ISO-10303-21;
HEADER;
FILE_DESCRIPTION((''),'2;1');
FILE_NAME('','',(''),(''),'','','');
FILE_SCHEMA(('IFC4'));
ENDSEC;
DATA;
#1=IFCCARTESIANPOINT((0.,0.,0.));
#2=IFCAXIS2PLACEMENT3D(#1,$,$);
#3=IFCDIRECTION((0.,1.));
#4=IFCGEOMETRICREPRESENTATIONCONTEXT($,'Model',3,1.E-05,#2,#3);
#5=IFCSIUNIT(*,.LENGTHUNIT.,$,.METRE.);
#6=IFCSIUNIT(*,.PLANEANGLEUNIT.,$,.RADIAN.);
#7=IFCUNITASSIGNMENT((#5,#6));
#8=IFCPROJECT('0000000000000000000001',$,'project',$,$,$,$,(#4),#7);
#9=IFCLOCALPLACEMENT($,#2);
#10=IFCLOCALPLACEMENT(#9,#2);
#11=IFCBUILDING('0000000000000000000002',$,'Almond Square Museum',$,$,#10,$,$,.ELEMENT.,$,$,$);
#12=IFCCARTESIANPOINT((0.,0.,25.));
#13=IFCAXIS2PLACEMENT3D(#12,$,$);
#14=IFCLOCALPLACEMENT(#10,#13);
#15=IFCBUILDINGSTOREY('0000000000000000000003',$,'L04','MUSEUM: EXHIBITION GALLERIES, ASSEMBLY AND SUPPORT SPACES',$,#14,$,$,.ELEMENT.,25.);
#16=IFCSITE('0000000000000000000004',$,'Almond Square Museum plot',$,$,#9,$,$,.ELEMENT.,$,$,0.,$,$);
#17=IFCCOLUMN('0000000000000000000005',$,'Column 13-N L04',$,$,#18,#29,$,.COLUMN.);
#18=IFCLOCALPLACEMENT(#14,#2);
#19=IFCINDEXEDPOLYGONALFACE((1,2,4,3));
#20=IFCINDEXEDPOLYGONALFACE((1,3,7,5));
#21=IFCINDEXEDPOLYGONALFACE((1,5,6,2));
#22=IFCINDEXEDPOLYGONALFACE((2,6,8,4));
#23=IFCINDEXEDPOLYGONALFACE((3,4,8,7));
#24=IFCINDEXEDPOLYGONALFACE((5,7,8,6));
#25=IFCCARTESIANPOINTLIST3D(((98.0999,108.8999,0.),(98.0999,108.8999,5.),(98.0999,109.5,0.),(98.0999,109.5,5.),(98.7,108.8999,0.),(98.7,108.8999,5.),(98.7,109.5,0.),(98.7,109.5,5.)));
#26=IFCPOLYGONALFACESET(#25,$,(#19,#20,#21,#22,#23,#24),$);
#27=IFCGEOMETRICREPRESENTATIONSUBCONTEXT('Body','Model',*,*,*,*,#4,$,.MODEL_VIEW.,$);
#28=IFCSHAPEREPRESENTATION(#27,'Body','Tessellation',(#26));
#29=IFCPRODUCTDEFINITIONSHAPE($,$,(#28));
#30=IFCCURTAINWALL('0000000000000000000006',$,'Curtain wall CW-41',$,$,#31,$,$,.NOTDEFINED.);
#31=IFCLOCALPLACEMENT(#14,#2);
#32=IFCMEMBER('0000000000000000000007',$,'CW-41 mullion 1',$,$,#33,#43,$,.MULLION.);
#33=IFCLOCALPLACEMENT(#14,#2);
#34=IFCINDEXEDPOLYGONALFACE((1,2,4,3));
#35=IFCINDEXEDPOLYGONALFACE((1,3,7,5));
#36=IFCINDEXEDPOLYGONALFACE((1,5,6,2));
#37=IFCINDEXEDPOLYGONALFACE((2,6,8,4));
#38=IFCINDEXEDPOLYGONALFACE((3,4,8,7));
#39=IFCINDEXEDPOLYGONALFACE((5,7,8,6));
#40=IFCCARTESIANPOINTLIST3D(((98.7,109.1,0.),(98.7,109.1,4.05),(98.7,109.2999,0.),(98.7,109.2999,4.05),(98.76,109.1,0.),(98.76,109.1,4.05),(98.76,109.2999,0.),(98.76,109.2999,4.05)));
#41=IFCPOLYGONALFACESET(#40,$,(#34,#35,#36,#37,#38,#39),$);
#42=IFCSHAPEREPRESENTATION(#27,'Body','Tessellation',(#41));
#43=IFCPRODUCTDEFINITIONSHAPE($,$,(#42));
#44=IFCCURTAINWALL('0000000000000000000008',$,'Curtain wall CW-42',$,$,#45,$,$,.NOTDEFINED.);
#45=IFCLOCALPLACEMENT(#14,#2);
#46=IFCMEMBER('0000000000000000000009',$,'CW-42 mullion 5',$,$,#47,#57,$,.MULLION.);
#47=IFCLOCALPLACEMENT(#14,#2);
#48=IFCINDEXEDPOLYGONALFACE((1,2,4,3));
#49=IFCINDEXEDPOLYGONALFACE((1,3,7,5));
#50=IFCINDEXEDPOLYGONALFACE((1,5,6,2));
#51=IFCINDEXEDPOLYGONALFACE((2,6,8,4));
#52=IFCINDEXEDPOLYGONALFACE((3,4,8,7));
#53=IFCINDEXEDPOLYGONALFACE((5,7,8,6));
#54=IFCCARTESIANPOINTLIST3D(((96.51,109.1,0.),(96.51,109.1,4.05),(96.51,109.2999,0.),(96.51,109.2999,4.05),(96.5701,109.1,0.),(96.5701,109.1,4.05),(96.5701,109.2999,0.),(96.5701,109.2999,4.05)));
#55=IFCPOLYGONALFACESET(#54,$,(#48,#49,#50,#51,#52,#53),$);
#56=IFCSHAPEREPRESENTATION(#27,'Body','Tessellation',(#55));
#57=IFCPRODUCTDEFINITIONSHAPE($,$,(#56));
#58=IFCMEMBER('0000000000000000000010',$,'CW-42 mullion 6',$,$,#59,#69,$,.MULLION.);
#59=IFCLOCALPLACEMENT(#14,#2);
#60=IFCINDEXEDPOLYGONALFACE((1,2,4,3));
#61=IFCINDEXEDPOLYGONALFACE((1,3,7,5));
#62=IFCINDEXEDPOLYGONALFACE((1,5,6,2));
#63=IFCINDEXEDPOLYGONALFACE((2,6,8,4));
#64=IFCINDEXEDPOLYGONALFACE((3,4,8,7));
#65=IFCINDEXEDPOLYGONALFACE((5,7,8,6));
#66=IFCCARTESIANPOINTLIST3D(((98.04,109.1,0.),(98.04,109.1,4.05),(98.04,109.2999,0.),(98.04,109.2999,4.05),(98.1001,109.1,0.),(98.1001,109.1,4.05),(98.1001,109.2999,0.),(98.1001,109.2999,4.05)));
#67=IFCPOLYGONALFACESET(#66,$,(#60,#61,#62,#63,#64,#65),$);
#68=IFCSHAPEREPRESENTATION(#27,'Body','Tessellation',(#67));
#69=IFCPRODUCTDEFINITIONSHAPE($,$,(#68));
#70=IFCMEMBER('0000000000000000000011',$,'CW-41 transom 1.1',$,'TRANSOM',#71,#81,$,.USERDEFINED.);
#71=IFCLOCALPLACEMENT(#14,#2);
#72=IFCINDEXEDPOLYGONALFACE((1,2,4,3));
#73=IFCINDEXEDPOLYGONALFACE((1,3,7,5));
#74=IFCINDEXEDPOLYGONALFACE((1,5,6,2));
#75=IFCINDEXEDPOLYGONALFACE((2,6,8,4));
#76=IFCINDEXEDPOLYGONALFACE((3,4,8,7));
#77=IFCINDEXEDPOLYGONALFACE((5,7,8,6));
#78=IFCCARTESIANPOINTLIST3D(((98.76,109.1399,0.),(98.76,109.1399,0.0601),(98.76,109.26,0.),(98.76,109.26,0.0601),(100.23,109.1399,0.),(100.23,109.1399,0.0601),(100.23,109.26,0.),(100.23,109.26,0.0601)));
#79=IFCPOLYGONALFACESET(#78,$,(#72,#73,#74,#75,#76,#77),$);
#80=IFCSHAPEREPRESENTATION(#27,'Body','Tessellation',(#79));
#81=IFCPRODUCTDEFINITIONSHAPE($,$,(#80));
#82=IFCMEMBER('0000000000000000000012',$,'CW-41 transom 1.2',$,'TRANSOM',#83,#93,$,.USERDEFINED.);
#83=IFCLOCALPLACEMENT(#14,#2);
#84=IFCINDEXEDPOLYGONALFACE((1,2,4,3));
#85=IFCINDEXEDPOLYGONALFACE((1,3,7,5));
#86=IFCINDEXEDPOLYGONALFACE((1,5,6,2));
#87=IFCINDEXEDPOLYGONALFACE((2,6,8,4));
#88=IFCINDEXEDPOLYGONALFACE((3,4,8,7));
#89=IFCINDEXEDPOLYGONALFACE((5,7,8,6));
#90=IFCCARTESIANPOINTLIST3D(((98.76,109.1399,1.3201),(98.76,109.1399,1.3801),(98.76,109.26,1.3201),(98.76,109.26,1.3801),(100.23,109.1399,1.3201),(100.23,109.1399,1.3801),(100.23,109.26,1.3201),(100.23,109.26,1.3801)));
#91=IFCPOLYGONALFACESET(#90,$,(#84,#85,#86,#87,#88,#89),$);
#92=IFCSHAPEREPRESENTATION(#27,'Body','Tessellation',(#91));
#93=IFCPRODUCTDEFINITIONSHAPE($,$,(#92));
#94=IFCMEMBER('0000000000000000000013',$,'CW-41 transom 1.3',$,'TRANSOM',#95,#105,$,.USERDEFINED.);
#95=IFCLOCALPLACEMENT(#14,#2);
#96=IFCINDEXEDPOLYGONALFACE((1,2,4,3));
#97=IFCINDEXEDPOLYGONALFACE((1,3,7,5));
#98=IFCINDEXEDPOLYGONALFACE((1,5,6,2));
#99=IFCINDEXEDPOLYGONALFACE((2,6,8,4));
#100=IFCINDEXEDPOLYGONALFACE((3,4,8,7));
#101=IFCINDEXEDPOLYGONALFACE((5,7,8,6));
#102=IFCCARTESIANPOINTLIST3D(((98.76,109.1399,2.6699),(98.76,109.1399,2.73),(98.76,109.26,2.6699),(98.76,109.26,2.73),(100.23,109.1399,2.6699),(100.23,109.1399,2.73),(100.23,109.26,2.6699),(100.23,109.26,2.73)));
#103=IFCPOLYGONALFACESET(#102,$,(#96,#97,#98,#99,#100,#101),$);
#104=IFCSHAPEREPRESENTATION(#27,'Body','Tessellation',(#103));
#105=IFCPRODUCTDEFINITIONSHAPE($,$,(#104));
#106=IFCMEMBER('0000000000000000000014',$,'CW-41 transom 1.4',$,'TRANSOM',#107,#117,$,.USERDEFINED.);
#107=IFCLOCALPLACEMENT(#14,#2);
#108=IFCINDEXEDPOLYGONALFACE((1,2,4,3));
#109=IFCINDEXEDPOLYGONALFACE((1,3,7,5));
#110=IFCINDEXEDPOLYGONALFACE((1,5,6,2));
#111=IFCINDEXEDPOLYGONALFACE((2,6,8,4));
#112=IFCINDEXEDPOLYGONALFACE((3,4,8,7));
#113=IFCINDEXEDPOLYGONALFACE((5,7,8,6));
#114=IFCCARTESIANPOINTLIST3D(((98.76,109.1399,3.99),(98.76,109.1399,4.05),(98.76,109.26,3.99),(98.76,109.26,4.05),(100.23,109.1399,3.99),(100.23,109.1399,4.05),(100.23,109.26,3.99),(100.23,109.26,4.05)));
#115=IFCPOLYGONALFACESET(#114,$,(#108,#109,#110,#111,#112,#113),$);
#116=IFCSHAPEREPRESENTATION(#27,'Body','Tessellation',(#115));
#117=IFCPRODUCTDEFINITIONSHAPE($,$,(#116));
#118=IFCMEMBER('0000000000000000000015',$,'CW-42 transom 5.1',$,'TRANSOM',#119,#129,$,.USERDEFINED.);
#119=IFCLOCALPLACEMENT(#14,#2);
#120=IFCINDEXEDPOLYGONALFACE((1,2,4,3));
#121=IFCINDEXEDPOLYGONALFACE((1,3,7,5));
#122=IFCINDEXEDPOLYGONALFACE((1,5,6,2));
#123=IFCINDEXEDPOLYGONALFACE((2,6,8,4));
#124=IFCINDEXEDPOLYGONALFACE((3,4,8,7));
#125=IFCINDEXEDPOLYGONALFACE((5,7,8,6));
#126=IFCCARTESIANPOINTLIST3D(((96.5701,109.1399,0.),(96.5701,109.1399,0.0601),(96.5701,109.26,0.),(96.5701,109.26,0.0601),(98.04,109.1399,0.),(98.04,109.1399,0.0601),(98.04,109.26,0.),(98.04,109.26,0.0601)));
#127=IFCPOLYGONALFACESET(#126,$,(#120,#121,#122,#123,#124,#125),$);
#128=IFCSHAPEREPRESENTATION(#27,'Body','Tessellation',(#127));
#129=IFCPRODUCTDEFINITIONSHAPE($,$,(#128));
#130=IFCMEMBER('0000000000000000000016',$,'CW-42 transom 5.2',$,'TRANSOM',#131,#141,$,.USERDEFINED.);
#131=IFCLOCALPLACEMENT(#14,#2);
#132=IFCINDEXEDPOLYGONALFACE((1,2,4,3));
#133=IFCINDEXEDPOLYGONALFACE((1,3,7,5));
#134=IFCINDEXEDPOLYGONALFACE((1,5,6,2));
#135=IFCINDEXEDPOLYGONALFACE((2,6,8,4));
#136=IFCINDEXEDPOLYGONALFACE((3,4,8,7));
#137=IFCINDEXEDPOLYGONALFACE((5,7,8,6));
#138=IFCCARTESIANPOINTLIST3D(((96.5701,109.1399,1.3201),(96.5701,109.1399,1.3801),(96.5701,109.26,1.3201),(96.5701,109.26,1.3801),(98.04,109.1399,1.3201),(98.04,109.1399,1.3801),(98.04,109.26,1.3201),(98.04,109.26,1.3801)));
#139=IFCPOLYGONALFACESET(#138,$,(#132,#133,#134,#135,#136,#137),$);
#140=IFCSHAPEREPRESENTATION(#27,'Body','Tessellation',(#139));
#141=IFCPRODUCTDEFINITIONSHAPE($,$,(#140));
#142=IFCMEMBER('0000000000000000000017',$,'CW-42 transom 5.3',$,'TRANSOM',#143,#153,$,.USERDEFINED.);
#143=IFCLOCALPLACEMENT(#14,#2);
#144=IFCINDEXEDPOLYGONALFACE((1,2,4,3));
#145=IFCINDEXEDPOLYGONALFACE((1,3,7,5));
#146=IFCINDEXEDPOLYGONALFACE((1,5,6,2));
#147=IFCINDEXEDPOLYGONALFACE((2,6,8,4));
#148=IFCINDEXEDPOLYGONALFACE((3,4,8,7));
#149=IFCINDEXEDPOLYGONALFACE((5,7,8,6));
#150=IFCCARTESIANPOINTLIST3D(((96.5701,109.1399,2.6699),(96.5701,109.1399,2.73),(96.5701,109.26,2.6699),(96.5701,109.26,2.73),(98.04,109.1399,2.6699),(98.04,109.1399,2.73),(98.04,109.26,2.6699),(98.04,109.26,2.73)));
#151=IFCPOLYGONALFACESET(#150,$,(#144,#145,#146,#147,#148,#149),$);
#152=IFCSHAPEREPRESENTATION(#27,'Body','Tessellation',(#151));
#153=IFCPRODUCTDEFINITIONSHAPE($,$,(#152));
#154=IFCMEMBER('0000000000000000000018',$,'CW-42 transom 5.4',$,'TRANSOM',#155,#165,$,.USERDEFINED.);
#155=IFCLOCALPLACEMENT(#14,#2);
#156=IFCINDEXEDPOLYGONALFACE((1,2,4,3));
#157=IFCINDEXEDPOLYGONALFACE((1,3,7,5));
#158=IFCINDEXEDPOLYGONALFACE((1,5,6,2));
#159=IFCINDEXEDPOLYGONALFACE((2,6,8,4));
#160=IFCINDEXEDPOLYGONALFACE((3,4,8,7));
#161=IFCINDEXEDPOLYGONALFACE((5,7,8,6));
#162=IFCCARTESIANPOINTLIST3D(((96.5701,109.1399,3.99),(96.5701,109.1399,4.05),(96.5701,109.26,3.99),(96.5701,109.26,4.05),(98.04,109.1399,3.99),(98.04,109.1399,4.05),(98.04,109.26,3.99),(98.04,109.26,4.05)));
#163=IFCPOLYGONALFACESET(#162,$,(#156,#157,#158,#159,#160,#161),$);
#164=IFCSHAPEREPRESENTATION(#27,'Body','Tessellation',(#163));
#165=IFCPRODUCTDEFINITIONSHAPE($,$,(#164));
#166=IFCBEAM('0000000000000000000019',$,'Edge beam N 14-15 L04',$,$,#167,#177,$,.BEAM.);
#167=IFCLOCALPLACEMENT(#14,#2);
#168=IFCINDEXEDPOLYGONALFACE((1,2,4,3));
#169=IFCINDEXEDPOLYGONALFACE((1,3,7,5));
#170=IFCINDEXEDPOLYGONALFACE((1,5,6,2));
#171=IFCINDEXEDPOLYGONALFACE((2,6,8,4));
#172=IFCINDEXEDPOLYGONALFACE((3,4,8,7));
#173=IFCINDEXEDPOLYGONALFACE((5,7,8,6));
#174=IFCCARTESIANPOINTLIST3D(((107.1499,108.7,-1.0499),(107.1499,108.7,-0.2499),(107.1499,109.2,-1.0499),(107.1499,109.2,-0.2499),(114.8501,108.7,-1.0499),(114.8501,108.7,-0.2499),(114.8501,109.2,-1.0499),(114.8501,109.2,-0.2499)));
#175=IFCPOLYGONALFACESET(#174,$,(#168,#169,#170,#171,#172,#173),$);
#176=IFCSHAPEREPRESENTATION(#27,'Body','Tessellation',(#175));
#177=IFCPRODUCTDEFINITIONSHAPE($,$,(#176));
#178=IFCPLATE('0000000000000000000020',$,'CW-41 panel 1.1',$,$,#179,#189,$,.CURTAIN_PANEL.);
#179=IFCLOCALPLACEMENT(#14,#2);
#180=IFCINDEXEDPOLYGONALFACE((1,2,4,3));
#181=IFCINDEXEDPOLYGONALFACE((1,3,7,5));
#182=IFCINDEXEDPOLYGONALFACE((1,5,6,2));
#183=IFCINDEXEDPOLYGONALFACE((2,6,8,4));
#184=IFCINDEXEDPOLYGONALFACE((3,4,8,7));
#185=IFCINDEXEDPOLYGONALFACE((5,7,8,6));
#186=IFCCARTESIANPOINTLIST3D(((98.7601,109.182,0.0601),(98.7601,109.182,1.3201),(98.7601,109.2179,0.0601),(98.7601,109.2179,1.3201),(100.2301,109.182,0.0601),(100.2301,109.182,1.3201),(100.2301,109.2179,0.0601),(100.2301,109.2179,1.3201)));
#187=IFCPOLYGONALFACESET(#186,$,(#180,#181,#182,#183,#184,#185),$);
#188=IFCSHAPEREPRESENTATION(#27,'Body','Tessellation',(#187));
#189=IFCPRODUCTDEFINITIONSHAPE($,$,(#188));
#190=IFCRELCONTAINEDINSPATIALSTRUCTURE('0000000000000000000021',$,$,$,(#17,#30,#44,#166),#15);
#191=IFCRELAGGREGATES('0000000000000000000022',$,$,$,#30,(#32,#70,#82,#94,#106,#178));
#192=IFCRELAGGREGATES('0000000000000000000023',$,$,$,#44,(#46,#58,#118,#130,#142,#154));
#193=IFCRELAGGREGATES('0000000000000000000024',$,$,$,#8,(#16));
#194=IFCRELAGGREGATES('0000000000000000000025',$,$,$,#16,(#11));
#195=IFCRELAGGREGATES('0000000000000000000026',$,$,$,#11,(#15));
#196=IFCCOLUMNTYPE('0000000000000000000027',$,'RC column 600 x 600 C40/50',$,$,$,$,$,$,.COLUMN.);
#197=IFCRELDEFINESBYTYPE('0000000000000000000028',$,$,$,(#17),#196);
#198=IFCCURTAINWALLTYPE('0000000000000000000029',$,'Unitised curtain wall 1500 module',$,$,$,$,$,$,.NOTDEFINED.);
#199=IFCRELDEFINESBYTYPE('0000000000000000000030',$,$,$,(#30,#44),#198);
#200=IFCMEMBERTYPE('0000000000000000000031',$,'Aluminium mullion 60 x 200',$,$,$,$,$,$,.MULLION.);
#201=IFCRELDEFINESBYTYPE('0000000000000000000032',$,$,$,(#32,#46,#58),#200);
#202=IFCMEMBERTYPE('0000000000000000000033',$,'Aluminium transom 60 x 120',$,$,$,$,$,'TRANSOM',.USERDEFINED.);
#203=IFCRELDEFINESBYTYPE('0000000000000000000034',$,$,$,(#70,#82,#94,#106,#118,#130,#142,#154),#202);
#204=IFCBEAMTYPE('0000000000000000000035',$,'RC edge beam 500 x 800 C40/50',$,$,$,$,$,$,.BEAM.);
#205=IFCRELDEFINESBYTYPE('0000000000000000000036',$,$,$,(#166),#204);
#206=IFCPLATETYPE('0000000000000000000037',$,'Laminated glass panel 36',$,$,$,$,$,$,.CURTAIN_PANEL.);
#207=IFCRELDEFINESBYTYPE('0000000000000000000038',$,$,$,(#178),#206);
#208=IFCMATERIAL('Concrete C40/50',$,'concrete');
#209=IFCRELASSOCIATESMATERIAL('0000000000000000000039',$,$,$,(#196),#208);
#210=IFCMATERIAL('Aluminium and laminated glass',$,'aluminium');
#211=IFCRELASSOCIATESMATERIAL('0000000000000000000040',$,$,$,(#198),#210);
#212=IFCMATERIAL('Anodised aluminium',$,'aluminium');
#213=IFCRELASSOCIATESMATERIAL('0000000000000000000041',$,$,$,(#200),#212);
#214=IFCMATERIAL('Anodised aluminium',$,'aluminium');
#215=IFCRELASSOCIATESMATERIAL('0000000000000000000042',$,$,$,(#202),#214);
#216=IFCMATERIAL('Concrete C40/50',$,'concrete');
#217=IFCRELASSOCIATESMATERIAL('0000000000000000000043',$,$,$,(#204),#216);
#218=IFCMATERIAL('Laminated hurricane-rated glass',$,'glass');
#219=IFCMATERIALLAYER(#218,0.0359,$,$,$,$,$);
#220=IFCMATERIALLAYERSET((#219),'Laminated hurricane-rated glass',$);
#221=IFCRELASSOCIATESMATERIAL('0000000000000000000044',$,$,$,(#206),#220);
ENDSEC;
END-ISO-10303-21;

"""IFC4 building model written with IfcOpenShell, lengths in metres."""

from ifc_helpers import new_model, si_unit, direction, frame, origin, origin_2d, place, context, subcontext, project, spatial, rectangle, extrude, material, layer, layer_set, material_profile, profile_set, type_object, element, aggregate, save


model = new_model("IFC4")

# Units and contexts
model_context = context("Model", 3, precision=1e-05, world=origin(), true_north=direction((0.0, 1.0)))
body_context = subcontext(model_context, "Body", "Model", "MODEL_VIEW")
ifc_project = project(units=[si_unit("LENGTHUNIT", "METRE"), si_unit("PLANEANGLEUNIT", "RADIAN")], contexts=[model_context])

# Site, building, storey
site_placement = place(None, origin())
site = spatial("IfcSite", under=ifc_project, at=site_placement, Name="Almond Square Museum plot", CompositionType="ELEMENT", RefElevation=0.0)
building_placement = place(site_placement, origin())
building = spatial("IfcBuilding", under=site, at=building_placement, Name="Almond Square Museum", CompositionType="ELEMENT")
storey_placement = place(building_placement, frame((0.0, 0.0, 25.0)))
storey = spatial("IfcBuildingStorey", under=building, at=storey_placement, Name="L04", Description="MUSEUM: EXHIBITION GALLERIES, ASSEMBLY AND SUPPORT SPACES", CompositionType="ELEMENT", Elevation=25.0)

# Column
ifc_material_1 = material(Name="Concrete C40/50", Category="concrete")
ifc_material_profile_1 = material_profile(ifc_material_1, rectangle(XDim=0.6001, YDim=0.6001, at=origin_2d()))
ifc_profile_set_1 = profile_set([ifc_material_profile_1], Name="Concrete C40/50")
column_type = type_object("IfcColumnType", Name="RC column 600 x 600 C40/50", PredefinedType="COLUMN", material=ifc_profile_set_1)
column_placement = place(storey_placement, frame((98.3999, 109.2, 0.0), z_axis=(0.0, 0.0, 1.0), x_axis=(1.0, 0.0, 0.0)))
element("IfcColumn", 1, at=column_placement, inside=storey, type_object=column_type, Name="Column 13-N L04", PredefinedType="COLUMN", context=body_context, shape_type="SweptSolid", body=[
    extrude(rectangle(XDim=0.6001, YDim=0.6001, at=origin_2d()), origin(), (0.0, 0.0, 1.0), 5.0),
])

# Curtain wall, member
ifc_material_2 = material(Name="Aluminium and laminated glass", Category="aluminium")
curtain_wall_type = type_object("IfcCurtainWallType", Name="Unitised curtain wall 1500 module", PredefinedType="NOTDEFINED", material=ifc_material_2)
curtain_wall_1_placement = place(storey_placement, origin())
curtain_wall_1 = element("IfcCurtainWall", 2, at=curtain_wall_1_placement, inside=storey, type_object=curtain_wall_type, Name="Curtain wall CW-41", PredefinedType="NOTDEFINED")
ifc_material_3 = material(Name="Anodised aluminium", Category="aluminium")
ifc_material_profile_2 = material_profile(ifc_material_3, rectangle(XDim=0.2, YDim=0.0601, at=origin_2d()))
ifc_profile_set_2 = profile_set([ifc_material_profile_2], Name="Anodised aluminium")
member_type_1 = type_object("IfcMemberType", Name="Aluminium mullion 60 x 200", PredefinedType="MULLION", material=ifc_profile_set_2)
member_1_placement = place(storey_placement, frame((98.73, 109.2, 0.0), z_axis=(0.0, 0.0, 1.0), x_axis=(0.0, 1.0, 0.0)))
member_1 = element("IfcMember", 3, at=member_1_placement, type_object=member_type_1, Name="CW-41 mullion 1", PredefinedType="MULLION", context=body_context, shape_type="SweptSolid", body=[
    extrude(rectangle(XDim=0.2, YDim=0.0601, at=origin_2d()), origin(), (0.0, 0.0, 1.0), 4.05),
])

# Curtain wall, members
curtain_wall_2_placement = place(storey_placement, origin())
curtain_wall_2 = element("IfcCurtainWall", 4, at=curtain_wall_2_placement, inside=storey, type_object=curtain_wall_type, Name="Curtain wall CW-42", PredefinedType="NOTDEFINED")
member_2_placement = place(storey_placement, frame((96.54, 109.2, 0.0), z_axis=(0.0, 0.0, 1.0), x_axis=(0.0, 1.0, 0.0)))
member_2 = element("IfcMember", 5, at=member_2_placement, type_object=member_type_1, Name="CW-42 mullion 5", PredefinedType="MULLION", context=body_context, shape_type="SweptSolid", body=[
    extrude(rectangle(XDim=0.2, YDim=0.0601, at=origin_2d()), origin(), (0.0, 0.0, 1.0), 4.05),
])
member_3_placement = place(storey_placement, frame((98.0701, 109.2, 0.0), z_axis=(0.0, 0.0, 1.0), x_axis=(0.0, 1.0, 0.0)))
member_3 = element("IfcMember", 6, at=member_3_placement, type_object=member_type_1, Name="CW-42 mullion 6", PredefinedType="MULLION", context=body_context, shape_type="SweptSolid", body=[
    extrude(rectangle(XDim=0.2, YDim=0.0601, at=origin_2d()), origin(), (0.0, 0.0, 1.0), 4.05),
])

# Members
ifc_material_4 = material(Name="Anodised aluminium", Category="aluminium")
ifc_material_profile_3 = material_profile(ifc_material_4, rectangle(XDim=0.1201, YDim=0.0601, at=origin_2d()))
ifc_profile_set_3 = profile_set([ifc_material_profile_3], Name="Anodised aluminium")
member_type_2 = type_object("IfcMemberType", Name="Aluminium transom 60 x 120", ElementType="TRANSOM", PredefinedType="USERDEFINED", material=ifc_profile_set_3)
member_4_placement = place(storey_placement, frame((98.76, 109.2, 0.03), z_axis=(1.0, 0.0, 0.0), x_axis=(0.0, 1.0, 0.0)))
member_4 = element("IfcMember", 7, at=member_4_placement, type_object=member_type_2, Name="CW-41 transom 1.1", ObjectType="TRANSOM", PredefinedType="USERDEFINED", context=body_context, shape_type="SweptSolid", body=[
    extrude(rectangle(XDim=0.1201, YDim=0.0601, at=origin_2d()), origin(), (0.0, 0.0, 1.0), 1.47),
])
member_5_placement = place(storey_placement, frame((98.76, 109.2, 1.3501), z_axis=(1.0, 0.0, 0.0), x_axis=(0.0, 1.0, 0.0)))
member_5 = element("IfcMember", 8, at=member_5_placement, type_object=member_type_2, Name="CW-41 transom 1.2", ObjectType="TRANSOM", PredefinedType="USERDEFINED", context=body_context, shape_type="SweptSolid", body=[
    extrude(rectangle(XDim=0.1201, YDim=0.0601, at=origin_2d()), origin(), (0.0, 0.0, 1.0), 1.47),
])
member_6_placement = place(storey_placement, frame((98.76, 109.2, 2.7), z_axis=(1.0, 0.0, 0.0), x_axis=(0.0, 1.0, 0.0)))
member_6 = element("IfcMember", 9, at=member_6_placement, type_object=member_type_2, Name="CW-41 transom 1.3", ObjectType="TRANSOM", PredefinedType="USERDEFINED", context=body_context, shape_type="SweptSolid", body=[
    extrude(rectangle(XDim=0.1201, YDim=0.0601, at=origin_2d()), origin(), (0.0, 0.0, 1.0), 1.47),
])
member_7_placement = place(storey_placement, frame((98.76, 109.2, 4.02), z_axis=(1.0, 0.0, 0.0), x_axis=(0.0, 1.0, 0.0)))
member_7 = element("IfcMember", 10, at=member_7_placement, type_object=member_type_2, Name="CW-41 transom 1.4", ObjectType="TRANSOM", PredefinedType="USERDEFINED", context=body_context, shape_type="SweptSolid", body=[
    extrude(rectangle(XDim=0.1201, YDim=0.0601, at=origin_2d()), origin(), (0.0, 0.0, 1.0), 1.47),
])
member_8_placement = place(storey_placement, frame((96.5701, 109.2, 0.03), z_axis=(1.0, 0.0, 0.0), x_axis=(0.0, 1.0, 0.0)))
member_8 = element("IfcMember", 11, at=member_8_placement, type_object=member_type_2, Name="CW-42 transom 5.1", ObjectType="TRANSOM", PredefinedType="USERDEFINED", context=body_context, shape_type="SweptSolid", body=[
    extrude(rectangle(XDim=0.1201, YDim=0.0601, at=origin_2d()), origin(), (0.0, 0.0, 1.0), 1.47),
])
member_9_placement = place(storey_placement, frame((96.5701, 109.2, 1.3501), z_axis=(1.0, 0.0, 0.0), x_axis=(0.0, 1.0, 0.0)))
member_9 = element("IfcMember", 12, at=member_9_placement, type_object=member_type_2, Name="CW-42 transom 5.2", ObjectType="TRANSOM", PredefinedType="USERDEFINED", context=body_context, shape_type="SweptSolid", body=[
    extrude(rectangle(XDim=0.1201, YDim=0.0601, at=origin_2d()), origin(), (0.0, 0.0, 1.0), 1.47),
])
member_10_placement = place(storey_placement, frame((96.5701, 109.2, 2.7), z_axis=(1.0, 0.0, 0.0), x_axis=(0.0, 1.0, 0.0)))
member_10 = element("IfcMember", 13, at=member_10_placement, type_object=member_type_2, Name="CW-42 transom 5.3", ObjectType="TRANSOM", PredefinedType="USERDEFINED", context=body_context, shape_type="SweptSolid", body=[
    extrude(rectangle(XDim=0.1201, YDim=0.0601, at=origin_2d()), origin(), (0.0, 0.0, 1.0), 1.47),
])
member_11_placement = place(storey_placement, frame((96.5701, 109.2, 4.02), z_axis=(1.0, 0.0, 0.0), x_axis=(0.0, 1.0, 0.0)))
member_11 = element("IfcMember", 14, at=member_11_placement, type_object=member_type_2, Name="CW-42 transom 5.4", ObjectType="TRANSOM", PredefinedType="USERDEFINED", context=body_context, shape_type="SweptSolid", body=[
    extrude(rectangle(XDim=0.1201, YDim=0.0601, at=origin_2d()), origin(), (0.0, 0.0, 1.0), 1.47),
])

# Beam
ifc_material_5 = material(Name="Concrete C40/50", Category="concrete")
ifc_material_profile_4 = material_profile(ifc_material_5, rectangle(XDim=0.5, YDim=0.8, at=origin_2d()))
ifc_profile_set_4 = profile_set([ifc_material_profile_4], Name="Concrete C40/50")
beam_type = type_object("IfcBeamType", Name="RC edge beam 500 x 800 C40/50", PredefinedType="BEAM", material=ifc_profile_set_4)
beam_placement = place(storey_placement, frame((107.1499, 108.95, -0.6499), z_axis=(1.0, 0.0, 0.0), x_axis=(0.0, 1.0, 0.0)))
element("IfcBeam", 15, at=beam_placement, inside=storey, type_object=beam_type, Name="Edge beam N 14-15 L04", PredefinedType="BEAM", context=body_context, shape_type="SweptSolid", body=[
    extrude(rectangle(XDim=0.5, YDim=0.8, at=origin_2d()), origin(), (0.0, 0.0, 1.0), 7.7002),
])

# Plate
ifc_material_6 = material(Name="Laminated hurricane-rated glass", Category="glass")
ifc_layer = layer(ifc_material_6, 0.0359)
ifc_layer_set = layer_set([ifc_layer], Name="Laminated hurricane-rated glass")
plate_type = type_object("IfcPlateType", Name="Laminated glass panel 36", PredefinedType="CURTAIN_PANEL", material=ifc_layer_set)
plate_1_placement = place(storey_placement, frame((99.4951, 109.2, 0.0601), z_axis=(0.0, 0.0, 1.0), x_axis=(1.0, 0.0, 0.0)))
plate_1 = element("IfcPlate", 16, at=plate_1_placement, type_object=plate_type, Name="CW-41 panel 1.1", PredefinedType="CURTAIN_PANEL", context=body_context, shape_type="SweptSolid", body=[
    extrude(rectangle(XDim=1.47, YDim=0.0359, at=origin_2d()), origin(), (0.0, 0.0, 1.0), 1.26),
])
aggregate(curtain_wall_1, [member_1, member_4, member_5, member_6, member_7, plate_1])
aggregate(curtain_wall_2, [member_2, member_3, member_8, member_9, member_10, member_11])

save(model, "model.ifc")
